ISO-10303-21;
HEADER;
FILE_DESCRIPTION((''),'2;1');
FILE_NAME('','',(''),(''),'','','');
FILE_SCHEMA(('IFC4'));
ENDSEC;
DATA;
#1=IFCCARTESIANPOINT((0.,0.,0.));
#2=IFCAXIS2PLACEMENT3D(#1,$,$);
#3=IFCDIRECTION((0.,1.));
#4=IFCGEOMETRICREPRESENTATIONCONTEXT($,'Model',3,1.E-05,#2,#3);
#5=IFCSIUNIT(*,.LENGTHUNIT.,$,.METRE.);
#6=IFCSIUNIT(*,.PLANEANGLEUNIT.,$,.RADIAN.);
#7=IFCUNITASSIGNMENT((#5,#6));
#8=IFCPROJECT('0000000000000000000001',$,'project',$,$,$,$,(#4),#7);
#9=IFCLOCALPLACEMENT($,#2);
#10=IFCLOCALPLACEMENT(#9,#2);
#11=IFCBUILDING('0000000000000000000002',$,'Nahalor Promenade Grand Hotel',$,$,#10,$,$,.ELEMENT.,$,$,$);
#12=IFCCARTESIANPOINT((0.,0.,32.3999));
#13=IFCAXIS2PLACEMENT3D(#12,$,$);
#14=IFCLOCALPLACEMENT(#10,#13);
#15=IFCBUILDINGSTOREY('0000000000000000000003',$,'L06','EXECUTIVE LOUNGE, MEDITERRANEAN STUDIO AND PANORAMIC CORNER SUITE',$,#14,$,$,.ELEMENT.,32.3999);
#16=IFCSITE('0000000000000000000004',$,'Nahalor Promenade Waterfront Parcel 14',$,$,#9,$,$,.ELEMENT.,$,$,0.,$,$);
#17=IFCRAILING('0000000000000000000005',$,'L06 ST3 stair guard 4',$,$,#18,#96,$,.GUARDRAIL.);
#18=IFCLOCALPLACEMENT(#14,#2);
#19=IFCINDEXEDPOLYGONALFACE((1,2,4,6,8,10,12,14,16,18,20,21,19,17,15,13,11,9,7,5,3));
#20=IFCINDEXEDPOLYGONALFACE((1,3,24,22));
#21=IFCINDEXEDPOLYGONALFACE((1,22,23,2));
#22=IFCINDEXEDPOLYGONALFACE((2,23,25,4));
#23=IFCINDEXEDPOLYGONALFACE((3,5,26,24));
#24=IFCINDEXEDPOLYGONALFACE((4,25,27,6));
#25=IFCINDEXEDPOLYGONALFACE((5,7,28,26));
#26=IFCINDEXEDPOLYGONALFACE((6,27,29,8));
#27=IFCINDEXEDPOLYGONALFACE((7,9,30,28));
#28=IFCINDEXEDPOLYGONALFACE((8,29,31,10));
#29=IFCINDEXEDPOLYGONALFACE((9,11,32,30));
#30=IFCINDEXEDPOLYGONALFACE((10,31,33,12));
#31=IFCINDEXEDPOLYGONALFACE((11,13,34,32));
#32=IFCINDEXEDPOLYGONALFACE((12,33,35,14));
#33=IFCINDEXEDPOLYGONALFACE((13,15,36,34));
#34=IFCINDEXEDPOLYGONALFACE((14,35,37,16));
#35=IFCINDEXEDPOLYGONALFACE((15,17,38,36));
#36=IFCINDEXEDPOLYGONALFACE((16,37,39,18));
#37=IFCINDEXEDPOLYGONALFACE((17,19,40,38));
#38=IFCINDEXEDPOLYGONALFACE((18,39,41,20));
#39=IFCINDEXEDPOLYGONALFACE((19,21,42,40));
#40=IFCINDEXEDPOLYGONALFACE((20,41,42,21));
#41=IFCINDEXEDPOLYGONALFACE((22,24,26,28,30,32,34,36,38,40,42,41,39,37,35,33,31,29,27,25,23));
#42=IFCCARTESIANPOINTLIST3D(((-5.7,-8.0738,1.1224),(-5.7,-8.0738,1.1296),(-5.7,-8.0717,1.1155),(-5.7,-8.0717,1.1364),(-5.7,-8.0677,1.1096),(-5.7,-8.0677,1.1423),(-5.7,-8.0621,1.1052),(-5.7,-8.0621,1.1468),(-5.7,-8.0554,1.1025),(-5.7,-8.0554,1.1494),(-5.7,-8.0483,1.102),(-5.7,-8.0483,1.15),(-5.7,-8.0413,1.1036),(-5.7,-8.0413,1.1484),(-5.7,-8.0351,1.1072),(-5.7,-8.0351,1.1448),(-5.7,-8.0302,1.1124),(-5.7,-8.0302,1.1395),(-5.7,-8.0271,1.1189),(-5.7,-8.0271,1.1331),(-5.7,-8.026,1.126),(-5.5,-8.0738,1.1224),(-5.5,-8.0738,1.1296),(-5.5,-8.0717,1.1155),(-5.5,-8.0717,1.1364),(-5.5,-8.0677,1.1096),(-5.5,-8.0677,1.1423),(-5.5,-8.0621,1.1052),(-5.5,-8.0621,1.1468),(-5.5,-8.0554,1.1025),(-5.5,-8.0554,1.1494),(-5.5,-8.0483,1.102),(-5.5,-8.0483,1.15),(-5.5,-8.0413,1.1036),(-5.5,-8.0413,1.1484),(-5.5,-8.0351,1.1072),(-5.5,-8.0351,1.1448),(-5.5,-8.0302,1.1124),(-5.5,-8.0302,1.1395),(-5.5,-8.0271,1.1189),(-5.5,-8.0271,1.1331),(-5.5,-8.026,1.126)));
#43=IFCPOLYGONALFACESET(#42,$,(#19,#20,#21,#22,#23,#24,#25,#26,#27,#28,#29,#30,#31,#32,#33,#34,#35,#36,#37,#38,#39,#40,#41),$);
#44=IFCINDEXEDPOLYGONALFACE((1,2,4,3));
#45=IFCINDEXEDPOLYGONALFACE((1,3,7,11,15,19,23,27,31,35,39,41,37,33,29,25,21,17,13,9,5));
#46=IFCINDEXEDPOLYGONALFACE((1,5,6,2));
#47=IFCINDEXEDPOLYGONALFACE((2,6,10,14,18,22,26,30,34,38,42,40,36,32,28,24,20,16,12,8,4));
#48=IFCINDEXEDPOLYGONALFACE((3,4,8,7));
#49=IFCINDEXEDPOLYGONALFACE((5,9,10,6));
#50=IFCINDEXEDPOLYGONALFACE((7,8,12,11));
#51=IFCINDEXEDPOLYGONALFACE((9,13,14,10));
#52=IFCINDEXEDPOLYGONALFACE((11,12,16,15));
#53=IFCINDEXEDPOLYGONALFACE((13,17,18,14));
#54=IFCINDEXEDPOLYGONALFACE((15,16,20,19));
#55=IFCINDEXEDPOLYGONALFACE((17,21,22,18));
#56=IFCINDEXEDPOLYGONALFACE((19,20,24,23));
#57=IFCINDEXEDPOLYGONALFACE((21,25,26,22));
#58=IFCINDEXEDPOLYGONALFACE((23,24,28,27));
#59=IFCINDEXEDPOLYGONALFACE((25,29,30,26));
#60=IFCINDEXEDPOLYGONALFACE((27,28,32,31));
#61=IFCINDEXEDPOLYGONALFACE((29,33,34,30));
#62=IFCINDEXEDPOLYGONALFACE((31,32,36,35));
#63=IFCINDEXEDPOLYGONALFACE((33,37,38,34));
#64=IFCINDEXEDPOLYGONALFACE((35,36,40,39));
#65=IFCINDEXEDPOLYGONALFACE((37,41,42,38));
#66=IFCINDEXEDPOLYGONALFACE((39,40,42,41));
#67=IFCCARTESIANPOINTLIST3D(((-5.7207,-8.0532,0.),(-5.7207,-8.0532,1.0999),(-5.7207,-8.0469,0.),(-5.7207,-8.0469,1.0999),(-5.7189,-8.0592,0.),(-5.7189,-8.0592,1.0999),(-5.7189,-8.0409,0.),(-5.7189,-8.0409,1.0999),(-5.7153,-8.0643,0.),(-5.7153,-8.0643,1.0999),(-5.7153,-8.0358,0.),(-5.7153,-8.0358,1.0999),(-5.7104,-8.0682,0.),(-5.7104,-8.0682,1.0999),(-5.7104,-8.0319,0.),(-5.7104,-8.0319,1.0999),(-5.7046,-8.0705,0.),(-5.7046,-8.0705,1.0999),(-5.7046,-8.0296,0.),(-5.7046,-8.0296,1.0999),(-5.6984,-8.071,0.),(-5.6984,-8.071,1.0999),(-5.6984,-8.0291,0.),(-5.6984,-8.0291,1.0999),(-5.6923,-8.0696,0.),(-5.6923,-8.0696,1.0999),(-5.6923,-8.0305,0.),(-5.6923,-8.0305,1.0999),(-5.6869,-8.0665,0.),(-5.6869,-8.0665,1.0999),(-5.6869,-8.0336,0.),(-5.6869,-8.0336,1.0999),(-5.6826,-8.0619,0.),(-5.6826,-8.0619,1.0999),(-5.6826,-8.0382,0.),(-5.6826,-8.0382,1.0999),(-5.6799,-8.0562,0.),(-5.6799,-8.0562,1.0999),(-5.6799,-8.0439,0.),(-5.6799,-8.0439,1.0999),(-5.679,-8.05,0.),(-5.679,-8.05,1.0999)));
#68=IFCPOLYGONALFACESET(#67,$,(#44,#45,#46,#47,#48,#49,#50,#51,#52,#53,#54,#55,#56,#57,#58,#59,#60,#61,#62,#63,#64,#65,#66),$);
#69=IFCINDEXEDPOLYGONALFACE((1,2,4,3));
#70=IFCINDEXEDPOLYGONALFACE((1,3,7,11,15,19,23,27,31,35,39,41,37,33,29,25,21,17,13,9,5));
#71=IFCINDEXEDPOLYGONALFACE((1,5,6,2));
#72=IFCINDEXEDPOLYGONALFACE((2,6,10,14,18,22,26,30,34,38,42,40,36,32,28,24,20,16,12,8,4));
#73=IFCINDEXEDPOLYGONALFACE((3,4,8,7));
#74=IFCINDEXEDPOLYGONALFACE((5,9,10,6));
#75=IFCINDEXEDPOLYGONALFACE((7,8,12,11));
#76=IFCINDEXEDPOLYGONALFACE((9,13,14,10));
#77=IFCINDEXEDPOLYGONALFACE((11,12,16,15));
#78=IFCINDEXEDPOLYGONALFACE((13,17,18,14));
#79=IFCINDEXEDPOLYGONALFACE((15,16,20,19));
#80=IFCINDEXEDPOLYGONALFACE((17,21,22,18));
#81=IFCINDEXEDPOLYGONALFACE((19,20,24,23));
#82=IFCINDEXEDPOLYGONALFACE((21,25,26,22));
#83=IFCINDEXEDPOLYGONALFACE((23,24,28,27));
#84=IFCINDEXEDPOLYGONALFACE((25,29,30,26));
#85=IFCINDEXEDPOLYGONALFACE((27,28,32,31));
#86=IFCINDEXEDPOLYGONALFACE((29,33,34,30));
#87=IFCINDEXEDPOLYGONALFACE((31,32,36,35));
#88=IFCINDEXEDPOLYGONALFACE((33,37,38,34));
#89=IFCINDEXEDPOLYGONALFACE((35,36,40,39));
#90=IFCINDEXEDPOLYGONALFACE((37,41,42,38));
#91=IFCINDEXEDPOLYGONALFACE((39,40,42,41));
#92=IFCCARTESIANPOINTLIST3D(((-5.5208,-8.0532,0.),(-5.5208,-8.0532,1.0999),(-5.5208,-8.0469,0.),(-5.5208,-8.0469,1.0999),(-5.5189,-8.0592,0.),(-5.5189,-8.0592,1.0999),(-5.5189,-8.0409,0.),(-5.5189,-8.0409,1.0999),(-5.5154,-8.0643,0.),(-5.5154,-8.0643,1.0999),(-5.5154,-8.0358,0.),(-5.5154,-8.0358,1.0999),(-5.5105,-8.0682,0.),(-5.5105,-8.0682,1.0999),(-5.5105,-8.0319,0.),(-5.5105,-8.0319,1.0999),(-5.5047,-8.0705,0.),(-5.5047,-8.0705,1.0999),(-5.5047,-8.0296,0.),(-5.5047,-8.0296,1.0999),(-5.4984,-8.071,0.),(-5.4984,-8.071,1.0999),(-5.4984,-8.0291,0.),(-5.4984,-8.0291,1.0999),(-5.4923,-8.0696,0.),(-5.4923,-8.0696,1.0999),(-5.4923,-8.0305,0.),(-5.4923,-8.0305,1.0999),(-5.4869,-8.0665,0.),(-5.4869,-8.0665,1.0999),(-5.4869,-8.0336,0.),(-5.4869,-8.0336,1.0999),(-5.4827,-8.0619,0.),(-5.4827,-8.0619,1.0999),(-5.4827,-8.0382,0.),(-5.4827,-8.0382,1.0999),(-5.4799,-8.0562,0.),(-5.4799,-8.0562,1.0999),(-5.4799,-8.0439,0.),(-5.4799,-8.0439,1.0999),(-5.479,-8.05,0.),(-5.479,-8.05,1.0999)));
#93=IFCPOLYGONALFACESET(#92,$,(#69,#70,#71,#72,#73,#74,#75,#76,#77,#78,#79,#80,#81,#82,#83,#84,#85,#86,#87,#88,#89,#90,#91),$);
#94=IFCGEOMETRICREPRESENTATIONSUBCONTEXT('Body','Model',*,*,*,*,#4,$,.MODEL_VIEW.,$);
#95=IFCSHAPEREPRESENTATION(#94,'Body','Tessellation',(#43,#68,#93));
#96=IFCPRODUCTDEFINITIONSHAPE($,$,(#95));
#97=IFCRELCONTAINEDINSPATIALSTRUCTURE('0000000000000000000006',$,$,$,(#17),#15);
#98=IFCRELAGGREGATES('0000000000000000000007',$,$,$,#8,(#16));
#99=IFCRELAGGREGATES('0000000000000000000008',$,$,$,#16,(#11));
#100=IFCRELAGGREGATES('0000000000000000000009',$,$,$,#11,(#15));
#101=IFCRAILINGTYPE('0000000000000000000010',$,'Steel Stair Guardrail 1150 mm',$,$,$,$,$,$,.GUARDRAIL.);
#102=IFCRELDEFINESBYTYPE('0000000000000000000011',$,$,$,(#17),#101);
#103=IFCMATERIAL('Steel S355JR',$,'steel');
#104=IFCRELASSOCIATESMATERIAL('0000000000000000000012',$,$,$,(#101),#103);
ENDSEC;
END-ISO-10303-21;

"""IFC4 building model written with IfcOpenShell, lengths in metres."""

from ifc_helpers import new_model, si_unit, direction, frame, origin, origin_2d, place, context, subcontext, project, spatial, circle, extrude, material, type_object, element, save


model = new_model("IFC4")

# Units and contexts
model_context = context("Model", 3, precision=1e-05, world=origin(), true_north=direction((0.0, 1.0)))
body_context = subcontext(model_context, "Body", "Model", "MODEL_VIEW")
ifc_project = project(units=[si_unit("LENGTHUNIT", "METRE"), si_unit("PLANEANGLEUNIT", "RADIAN")], contexts=[model_context])

# Site, building, storey
site_placement = place(None, origin())
site = spatial("IfcSite", under=ifc_project, at=site_placement, Name="Nahalor Promenade Waterfront Parcel 14", CompositionType="ELEMENT", RefElevation=0.0)
building_placement = place(site_placement, origin())
building = spatial("IfcBuilding", under=site, at=building_placement, Name="Nahalor Promenade Grand Hotel", CompositionType="ELEMENT")
storey_placement = place(building_placement, frame((0.0, 0.0, 32.3999)))
storey = spatial("IfcBuildingStorey", under=building, at=storey_placement, Name="L06", Description="EXECUTIVE LOUNGE, MEDITERRANEAN STUDIO AND PANORAMIC CORNER SUITE", CompositionType="ELEMENT", Elevation=32.3999)

# Shared definitions
ifc_material_1 = material(Name="Steel S355JR", Category="steel")

# Railing
railing_type_1 = type_object("IfcRailingType", Name="Steel Stair Guardrail 1150 mm", PredefinedType="GUARDRAIL", material=ifc_material_1)
railing_1_placement = place(storey_placement, frame((-5.7, -8.05, 0.0)))
element("IfcRailing", 1, at=railing_1_placement, inside=storey, type_object=railing_type_1, Name="L06 ST3 stair guard 4", PredefinedType="GUARDRAIL", context=body_context, shape_type="SweptSolid", body=[
    extrude(circle(Radius=0.024, at=origin_2d()), frame((0.0, 0.0, 1.126), z_axis=(1.0, 0.0, 0.0), x_axis=(0.0, 1.0, 0.0)), (0.0, 0.0, 1.0), 0.2),
    extrude(circle(Radius=0.021, at=origin_2d()), origin(), (0.0, 0.0, 1.0), 1.0999),
    extrude(circle(Radius=0.021, at=origin_2d()), frame((0.2, 0.0, 0.0)), (0.0, 0.0, 1.0), 1.0999),
])

save(model, "model.ifc")
